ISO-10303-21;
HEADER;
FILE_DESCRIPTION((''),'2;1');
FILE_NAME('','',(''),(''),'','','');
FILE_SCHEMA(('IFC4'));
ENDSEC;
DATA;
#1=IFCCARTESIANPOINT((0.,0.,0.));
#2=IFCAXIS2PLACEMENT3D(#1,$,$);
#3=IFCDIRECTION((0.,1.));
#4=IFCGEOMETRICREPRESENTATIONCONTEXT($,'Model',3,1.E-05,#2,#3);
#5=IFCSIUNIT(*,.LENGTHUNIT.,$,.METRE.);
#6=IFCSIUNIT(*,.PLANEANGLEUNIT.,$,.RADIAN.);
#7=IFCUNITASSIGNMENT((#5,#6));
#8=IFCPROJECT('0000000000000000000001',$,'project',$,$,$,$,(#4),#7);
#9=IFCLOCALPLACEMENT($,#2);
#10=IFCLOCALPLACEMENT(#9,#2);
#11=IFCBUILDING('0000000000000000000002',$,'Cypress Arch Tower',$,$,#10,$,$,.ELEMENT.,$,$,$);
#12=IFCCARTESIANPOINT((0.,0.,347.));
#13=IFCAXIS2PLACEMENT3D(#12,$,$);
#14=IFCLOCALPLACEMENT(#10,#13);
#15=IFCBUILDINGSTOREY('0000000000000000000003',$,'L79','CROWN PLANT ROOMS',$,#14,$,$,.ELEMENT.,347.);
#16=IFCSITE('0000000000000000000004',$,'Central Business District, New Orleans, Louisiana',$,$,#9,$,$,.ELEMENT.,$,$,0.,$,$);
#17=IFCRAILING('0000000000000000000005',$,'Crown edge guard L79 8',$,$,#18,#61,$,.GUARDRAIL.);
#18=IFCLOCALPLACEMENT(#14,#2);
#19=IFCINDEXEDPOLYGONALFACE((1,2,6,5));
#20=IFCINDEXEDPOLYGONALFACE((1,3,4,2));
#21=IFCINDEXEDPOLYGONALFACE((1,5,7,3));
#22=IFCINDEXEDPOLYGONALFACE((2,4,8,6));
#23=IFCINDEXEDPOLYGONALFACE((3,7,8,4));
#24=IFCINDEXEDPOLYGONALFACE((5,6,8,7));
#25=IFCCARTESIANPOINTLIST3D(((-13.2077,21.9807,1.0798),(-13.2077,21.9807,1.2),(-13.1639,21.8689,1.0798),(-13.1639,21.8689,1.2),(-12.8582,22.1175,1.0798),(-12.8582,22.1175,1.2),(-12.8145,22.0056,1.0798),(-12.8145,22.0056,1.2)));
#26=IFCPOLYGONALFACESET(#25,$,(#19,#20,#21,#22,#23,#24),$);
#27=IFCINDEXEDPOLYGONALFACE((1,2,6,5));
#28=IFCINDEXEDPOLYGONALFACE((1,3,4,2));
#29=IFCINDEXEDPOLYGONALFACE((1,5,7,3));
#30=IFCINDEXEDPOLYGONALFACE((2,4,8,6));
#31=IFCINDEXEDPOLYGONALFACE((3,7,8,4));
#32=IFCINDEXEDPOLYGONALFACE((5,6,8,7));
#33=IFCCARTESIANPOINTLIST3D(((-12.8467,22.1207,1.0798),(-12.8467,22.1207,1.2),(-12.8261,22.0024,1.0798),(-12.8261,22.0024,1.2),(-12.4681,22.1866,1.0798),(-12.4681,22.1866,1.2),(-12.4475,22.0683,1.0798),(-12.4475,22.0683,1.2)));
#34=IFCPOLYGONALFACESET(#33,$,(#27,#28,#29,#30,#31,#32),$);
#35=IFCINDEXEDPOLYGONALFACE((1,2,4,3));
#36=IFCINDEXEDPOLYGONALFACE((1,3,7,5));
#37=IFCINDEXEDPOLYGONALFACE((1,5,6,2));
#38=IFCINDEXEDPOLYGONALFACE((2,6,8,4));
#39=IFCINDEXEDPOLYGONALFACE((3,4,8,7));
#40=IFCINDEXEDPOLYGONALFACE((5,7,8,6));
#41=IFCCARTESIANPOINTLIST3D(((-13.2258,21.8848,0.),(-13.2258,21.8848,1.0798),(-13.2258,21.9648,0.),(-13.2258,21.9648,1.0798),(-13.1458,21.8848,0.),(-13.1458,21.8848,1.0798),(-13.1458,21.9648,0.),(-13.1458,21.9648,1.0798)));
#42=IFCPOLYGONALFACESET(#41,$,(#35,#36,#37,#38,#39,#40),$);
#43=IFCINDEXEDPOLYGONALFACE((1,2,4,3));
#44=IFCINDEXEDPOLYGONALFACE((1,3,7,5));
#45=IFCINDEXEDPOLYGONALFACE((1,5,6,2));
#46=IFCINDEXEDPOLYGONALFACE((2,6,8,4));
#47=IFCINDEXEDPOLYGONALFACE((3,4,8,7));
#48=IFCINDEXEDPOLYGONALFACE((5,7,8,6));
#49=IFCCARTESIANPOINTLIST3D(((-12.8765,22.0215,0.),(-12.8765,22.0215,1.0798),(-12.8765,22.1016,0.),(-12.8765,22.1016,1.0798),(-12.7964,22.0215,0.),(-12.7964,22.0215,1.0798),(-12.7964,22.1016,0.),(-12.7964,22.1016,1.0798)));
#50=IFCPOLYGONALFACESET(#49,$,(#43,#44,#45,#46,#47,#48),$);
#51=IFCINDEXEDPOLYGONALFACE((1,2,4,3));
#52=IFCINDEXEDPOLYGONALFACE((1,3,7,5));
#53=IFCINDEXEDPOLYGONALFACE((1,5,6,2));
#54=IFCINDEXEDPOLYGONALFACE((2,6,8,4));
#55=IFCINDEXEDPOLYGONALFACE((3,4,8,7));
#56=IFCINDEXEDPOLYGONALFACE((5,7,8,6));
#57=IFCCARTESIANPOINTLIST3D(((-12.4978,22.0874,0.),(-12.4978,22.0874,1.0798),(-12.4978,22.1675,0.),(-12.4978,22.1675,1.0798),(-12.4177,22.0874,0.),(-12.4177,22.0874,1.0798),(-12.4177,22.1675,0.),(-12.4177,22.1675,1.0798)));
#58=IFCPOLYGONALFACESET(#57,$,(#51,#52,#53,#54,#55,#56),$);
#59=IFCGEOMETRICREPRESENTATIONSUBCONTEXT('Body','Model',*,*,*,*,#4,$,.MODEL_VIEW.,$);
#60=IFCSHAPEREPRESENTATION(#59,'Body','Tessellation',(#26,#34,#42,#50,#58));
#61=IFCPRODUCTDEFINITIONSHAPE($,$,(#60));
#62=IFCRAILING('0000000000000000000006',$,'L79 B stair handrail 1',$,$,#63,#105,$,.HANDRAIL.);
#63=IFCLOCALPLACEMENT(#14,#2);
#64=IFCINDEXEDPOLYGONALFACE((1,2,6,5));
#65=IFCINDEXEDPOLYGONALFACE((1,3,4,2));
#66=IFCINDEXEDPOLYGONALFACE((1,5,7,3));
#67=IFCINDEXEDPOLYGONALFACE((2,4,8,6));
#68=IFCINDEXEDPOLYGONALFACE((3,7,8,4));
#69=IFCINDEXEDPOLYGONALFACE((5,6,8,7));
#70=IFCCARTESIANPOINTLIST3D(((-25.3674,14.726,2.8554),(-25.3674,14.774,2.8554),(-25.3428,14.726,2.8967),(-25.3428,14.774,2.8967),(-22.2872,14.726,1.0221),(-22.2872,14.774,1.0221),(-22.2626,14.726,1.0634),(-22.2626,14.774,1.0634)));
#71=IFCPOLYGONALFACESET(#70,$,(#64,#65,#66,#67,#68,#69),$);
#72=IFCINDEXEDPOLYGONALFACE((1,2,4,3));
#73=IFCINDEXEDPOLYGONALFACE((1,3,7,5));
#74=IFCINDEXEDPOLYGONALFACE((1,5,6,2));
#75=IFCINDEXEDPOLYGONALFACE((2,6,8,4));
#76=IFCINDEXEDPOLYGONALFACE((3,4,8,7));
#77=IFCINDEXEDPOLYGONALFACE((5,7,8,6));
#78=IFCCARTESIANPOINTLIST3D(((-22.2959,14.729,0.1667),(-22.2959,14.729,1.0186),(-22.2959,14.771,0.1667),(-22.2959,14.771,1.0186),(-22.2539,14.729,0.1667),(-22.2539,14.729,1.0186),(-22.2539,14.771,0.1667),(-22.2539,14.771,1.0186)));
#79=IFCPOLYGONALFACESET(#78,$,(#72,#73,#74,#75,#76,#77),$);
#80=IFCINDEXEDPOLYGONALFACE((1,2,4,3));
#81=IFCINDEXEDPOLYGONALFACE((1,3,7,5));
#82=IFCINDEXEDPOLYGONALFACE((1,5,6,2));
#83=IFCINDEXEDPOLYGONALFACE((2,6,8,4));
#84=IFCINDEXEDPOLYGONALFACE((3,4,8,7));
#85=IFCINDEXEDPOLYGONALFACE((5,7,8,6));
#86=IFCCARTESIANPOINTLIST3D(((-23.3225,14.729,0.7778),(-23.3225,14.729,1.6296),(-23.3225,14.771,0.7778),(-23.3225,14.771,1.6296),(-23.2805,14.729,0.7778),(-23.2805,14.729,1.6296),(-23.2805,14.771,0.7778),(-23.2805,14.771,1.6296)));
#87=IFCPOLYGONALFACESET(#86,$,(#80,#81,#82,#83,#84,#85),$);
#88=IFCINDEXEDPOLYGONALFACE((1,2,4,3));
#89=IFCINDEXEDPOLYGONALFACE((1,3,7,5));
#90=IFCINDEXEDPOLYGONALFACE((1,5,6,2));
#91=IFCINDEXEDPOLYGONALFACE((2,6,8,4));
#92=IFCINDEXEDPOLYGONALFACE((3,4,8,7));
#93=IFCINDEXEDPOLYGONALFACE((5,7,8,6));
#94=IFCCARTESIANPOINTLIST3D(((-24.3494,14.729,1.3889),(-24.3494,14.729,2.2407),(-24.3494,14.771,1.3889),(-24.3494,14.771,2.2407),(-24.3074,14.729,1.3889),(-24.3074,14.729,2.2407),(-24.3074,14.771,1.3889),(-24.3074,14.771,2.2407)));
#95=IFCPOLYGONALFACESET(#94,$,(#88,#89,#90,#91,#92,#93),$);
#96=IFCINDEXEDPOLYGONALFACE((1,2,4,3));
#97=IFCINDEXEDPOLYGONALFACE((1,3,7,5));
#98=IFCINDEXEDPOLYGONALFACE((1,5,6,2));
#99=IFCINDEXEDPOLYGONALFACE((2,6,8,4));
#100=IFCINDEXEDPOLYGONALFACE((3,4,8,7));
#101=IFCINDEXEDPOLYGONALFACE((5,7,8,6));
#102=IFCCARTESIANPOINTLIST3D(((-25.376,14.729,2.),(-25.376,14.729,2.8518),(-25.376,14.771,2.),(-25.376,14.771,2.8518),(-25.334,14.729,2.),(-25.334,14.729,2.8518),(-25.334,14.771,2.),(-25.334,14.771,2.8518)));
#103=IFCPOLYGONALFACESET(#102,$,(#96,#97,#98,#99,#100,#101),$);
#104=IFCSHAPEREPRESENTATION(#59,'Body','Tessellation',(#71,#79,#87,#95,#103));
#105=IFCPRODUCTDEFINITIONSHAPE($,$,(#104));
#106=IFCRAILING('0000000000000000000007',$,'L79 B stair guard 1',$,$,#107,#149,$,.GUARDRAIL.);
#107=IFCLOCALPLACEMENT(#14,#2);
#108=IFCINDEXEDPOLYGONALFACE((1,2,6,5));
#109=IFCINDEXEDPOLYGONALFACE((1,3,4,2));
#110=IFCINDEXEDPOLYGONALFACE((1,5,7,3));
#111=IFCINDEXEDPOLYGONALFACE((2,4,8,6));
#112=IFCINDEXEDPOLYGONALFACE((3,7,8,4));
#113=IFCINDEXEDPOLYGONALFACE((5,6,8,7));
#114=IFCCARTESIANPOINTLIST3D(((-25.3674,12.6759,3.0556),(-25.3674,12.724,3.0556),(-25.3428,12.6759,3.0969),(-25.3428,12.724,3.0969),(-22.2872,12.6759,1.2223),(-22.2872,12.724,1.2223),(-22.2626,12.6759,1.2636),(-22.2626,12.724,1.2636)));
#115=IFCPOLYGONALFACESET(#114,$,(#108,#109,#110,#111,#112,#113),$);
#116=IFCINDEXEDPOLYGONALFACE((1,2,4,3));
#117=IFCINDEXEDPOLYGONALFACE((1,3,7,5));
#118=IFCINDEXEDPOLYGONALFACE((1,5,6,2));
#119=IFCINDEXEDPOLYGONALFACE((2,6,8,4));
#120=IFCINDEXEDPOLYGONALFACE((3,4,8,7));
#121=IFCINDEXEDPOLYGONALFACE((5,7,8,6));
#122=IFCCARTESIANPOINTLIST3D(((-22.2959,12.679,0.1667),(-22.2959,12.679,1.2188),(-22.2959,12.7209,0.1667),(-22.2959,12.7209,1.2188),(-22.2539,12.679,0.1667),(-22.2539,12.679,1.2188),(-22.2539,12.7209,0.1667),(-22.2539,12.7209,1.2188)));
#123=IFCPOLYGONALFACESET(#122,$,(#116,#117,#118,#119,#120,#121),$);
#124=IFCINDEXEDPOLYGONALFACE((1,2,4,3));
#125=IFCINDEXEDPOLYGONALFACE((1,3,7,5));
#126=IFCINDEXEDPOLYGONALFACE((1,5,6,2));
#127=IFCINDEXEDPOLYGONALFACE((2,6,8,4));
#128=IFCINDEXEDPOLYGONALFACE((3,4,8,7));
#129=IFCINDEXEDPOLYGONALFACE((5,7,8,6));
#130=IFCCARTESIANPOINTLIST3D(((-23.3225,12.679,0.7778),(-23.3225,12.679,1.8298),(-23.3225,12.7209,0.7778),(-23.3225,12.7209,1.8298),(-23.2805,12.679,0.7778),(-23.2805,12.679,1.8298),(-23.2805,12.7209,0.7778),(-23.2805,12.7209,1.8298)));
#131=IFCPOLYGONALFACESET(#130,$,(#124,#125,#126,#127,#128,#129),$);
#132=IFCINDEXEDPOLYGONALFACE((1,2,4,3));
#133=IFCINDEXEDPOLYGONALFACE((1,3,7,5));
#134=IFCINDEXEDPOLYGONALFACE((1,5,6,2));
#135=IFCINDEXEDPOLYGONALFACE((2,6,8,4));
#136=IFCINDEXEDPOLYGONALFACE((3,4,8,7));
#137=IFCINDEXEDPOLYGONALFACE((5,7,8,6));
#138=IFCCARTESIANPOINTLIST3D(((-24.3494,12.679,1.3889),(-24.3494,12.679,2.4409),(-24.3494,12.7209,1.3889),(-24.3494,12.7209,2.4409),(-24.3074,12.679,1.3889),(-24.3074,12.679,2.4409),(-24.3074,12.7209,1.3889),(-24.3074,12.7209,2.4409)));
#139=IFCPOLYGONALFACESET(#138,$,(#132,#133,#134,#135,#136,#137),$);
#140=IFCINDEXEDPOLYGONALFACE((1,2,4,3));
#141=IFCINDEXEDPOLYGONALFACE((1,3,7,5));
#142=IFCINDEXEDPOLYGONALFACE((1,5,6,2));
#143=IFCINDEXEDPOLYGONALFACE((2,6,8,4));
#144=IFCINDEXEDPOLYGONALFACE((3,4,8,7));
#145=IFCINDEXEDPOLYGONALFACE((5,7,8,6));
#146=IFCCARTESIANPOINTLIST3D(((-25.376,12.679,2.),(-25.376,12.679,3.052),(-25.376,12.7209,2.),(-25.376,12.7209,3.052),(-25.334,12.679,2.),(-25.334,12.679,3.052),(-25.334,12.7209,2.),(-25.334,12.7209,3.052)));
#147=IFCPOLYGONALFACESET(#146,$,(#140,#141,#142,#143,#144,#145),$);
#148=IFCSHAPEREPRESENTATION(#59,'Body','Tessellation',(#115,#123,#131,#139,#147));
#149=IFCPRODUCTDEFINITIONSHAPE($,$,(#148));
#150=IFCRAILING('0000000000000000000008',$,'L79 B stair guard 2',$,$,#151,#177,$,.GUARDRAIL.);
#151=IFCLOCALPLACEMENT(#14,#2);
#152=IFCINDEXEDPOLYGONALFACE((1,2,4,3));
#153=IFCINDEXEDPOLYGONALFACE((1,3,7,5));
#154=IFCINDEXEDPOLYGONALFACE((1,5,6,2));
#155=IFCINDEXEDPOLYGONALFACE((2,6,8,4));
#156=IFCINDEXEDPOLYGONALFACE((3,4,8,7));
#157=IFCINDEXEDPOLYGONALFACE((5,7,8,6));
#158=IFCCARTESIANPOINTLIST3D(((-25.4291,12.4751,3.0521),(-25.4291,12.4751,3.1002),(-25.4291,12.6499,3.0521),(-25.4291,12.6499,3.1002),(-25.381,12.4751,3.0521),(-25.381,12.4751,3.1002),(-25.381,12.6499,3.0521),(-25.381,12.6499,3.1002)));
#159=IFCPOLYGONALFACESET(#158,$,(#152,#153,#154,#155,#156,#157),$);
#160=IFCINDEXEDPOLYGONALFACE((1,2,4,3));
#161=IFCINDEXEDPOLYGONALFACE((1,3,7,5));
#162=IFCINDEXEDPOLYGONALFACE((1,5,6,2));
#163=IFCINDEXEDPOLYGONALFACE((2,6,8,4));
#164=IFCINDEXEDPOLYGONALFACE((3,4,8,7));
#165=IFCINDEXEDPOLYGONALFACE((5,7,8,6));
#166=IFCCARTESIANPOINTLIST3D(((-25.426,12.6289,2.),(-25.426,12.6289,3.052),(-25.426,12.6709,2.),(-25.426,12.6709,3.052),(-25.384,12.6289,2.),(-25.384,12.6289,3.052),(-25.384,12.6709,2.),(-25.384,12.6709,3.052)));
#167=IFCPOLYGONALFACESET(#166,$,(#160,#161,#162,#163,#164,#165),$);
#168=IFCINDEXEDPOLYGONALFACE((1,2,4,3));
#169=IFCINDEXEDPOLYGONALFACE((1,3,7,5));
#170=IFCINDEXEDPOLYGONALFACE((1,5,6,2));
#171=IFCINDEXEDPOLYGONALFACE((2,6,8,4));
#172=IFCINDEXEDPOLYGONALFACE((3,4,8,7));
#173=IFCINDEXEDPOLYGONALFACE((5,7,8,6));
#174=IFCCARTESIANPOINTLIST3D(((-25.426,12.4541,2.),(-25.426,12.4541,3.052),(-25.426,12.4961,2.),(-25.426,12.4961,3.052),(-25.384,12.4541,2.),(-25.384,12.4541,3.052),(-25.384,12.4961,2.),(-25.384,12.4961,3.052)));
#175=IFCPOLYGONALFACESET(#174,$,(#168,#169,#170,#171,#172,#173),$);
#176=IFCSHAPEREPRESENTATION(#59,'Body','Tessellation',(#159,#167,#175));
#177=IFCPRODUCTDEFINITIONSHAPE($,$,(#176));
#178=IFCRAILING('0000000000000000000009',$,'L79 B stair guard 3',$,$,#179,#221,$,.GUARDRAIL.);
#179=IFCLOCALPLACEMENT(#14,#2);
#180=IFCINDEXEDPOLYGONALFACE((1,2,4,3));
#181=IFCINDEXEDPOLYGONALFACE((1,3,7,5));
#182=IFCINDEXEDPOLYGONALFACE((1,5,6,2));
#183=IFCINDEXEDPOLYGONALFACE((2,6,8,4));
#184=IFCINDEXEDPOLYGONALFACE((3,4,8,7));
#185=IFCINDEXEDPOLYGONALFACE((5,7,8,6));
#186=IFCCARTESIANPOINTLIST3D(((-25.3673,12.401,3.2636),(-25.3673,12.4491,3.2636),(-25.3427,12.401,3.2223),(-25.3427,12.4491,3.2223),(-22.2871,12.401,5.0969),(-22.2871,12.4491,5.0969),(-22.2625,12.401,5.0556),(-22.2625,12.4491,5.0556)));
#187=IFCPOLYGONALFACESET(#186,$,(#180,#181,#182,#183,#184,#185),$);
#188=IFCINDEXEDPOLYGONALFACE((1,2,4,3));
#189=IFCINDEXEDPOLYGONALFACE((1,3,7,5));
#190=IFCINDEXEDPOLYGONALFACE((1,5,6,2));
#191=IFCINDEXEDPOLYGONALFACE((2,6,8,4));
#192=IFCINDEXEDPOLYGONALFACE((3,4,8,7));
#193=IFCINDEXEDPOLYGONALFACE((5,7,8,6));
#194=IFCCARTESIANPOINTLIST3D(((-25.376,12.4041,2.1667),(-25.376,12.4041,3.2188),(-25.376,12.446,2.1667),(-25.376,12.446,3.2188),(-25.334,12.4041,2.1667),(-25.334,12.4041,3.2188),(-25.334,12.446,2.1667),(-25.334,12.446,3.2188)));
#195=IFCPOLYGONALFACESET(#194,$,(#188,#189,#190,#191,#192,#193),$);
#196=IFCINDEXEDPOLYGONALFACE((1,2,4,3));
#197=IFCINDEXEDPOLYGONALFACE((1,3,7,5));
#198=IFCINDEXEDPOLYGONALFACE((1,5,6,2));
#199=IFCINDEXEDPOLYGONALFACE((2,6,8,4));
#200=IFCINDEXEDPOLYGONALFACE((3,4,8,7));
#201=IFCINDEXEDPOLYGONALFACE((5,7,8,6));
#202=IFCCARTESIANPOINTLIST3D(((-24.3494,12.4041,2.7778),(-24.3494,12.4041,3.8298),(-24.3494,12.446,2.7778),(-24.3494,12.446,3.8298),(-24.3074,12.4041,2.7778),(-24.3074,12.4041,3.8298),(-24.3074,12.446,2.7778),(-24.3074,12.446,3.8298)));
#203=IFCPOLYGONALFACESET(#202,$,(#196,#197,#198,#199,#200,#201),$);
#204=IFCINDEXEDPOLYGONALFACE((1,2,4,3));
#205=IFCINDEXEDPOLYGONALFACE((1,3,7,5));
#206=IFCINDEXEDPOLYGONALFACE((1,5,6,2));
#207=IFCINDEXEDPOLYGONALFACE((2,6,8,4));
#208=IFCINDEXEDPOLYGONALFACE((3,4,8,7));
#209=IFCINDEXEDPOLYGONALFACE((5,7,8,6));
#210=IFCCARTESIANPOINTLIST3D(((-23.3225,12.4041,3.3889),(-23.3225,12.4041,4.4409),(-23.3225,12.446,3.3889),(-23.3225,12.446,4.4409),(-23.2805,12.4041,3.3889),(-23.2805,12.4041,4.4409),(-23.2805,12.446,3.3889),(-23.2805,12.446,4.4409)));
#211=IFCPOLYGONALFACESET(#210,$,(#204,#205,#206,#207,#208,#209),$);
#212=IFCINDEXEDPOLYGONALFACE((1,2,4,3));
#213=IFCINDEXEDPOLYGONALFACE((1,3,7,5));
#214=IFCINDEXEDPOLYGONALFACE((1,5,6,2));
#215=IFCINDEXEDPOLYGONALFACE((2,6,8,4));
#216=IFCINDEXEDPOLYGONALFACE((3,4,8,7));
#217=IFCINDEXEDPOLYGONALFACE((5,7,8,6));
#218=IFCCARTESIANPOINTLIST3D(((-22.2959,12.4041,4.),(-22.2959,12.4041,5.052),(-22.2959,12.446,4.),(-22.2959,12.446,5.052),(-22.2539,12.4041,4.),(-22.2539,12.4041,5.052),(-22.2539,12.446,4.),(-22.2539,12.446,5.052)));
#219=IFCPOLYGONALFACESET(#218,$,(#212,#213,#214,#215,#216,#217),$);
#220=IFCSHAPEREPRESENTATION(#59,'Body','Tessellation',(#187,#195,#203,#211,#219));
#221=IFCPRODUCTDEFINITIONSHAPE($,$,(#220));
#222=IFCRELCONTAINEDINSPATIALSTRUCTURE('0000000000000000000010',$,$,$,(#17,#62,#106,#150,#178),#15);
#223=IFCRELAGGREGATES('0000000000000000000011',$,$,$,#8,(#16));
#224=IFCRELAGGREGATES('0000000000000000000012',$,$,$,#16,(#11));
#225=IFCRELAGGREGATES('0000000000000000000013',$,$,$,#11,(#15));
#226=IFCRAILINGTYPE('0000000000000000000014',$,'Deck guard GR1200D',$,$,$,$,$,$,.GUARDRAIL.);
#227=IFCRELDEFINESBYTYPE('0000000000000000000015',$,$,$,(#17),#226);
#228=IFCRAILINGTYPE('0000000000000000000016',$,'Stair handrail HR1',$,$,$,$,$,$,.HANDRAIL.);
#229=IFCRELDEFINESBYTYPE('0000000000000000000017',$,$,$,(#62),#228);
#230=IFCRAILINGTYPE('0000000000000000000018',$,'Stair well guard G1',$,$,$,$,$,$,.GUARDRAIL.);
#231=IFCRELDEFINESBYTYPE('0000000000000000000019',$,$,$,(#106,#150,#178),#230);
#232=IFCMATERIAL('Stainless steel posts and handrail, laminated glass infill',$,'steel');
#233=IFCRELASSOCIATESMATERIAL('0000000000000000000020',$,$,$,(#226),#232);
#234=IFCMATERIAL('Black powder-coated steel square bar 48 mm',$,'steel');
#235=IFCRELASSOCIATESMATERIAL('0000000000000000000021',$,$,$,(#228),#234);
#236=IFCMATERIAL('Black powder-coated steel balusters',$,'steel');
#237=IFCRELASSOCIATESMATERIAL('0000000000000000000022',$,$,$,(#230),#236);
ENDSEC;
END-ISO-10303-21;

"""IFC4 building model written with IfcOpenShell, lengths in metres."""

from ifc_helpers import new_model, si_unit, direction, frame, origin, origin_2d, place, context, subcontext, project, spatial, rectangle, extrude, material, type_object, element, save


model = new_model("IFC4")

# Units and contexts
model_context = context("Model", 3, precision=1e-05, world=origin(), true_north=direction((0.0, 1.0)))
body_context = subcontext(model_context, "Body", "Model", "MODEL_VIEW")
ifc_project = project(units=[si_unit("LENGTHUNIT", "METRE"), si_unit("PLANEANGLEUNIT", "RADIAN")], contexts=[model_context])

# Site, building, storey
site_placement = place(None, origin())
site = spatial("IfcSite", under=ifc_project, at=site_placement, Name="Central Business District, New Orleans, Louisiana", CompositionType="ELEMENT", RefElevation=0.0)
building_placement = place(site_placement, origin())
building = spatial("IfcBuilding", under=site, at=building_placement, Name="Cypress Arch Tower", CompositionType="ELEMENT")
storey_placement = place(building_placement, frame((0.0, 0.0, 347.0)))
storey = spatial("IfcBuildingStorey", under=building, at=storey_placement, Name="L79", Description="CROWN PLANT ROOMS", CompositionType="ELEMENT", Elevation=347.0)

# Railings
ifc_material_1 = material(Name="Stainless steel posts and handrail, laminated glass infill", Category="steel")
railing_type_1 = type_object("IfcRailingType", Name="Deck guard GR1200D", PredefinedType="GUARDRAIL", material=ifc_material_1)
railing_1_placement = place(storey_placement, frame((-13.1858, 21.9248, 0.0)))
element("IfcRailing", 1, at=railing_1_placement, inside=storey, type_object=railing_type_1, Name="Crown edge guard L79 8", PredefinedType="GUARDRAIL", context=body_context, shape_type="SweptSolid", body=[
    extrude(rectangle(XDim=0.1201, YDim=0.1201, at=origin_2d()), frame((0.0, 0.0, 1.1399), z_axis=(0.931233, 0.364424, 0.0), x_axis=(-0.364424, 0.931233, 0.0)), (0.0, 0.0, 1.0), 0.3752),
    extrude(rectangle(XDim=0.1201, YDim=0.1201, at=origin_2d()), frame((0.3494, 0.1367, 1.1399), z_axis=(0.985184, 0.171502, 0.0), x_axis=(-0.171502, 0.985184, 0.0)), (0.0, 0.0, 1.0), 0.3843),
    extrude(rectangle(XDim=0.0801, YDim=0.0801, at=origin_2d()), origin(), (0.0, 0.0, 1.0), 1.0798),
    extrude(rectangle(XDim=0.0801, YDim=0.0801, at=origin_2d()), frame((0.3494, 0.1367, 0.0)), (0.0, 0.0, 1.0), 1.0798),
    extrude(rectangle(XDim=0.0801, YDim=0.0801, at=origin_2d()), frame((0.728, 0.2026, 0.0)), (0.0, 0.0, 1.0), 1.0798),
])
ifc_material_2 = material(Name="Black powder-coated steel square bar 48 mm", Category="steel")
railing_type_2 = type_object("IfcRailingType", Name="Stair handrail HR1", PredefinedType="HANDRAIL", material=ifc_material_2)
railing_2_placement = place(storey_placement, frame((-22.2749, 14.75, 0.1667)))
element("IfcRailing", 2, at=railing_2_placement, inside=storey, type_object=railing_type_2, Name="L79 B stair handrail 1", PredefinedType="HANDRAIL", context=body_context, shape_type="SweptSolid", body=[
    extrude(rectangle(XDim=0.0481, YDim=0.0481, at=origin_2d()), frame((0.0, 0.0, 0.876), z_axis=(-0.859309, 0.0, 0.511458), x_axis=(0.0, -1.0, 0.0)), (0.0, 0.0, 1.0), 3.5845),
    extrude(rectangle(XDim=0.042, YDim=0.042, at=origin_2d()), origin(), (0.0, 0.0, 1.0), 0.8518),
    extrude(rectangle(XDim=0.042, YDim=0.042, at=origin_2d()), frame((-1.0266, 0.0, 0.6111)), (0.0, 0.0, 1.0), 0.8518),
    extrude(rectangle(XDim=0.042, YDim=0.042, at=origin_2d()), frame((-2.0535, 0.0, 1.2222)), (0.0, 0.0, 1.0), 0.8518),
    extrude(rectangle(XDim=0.042, YDim=0.042, at=origin_2d()), frame((-3.0801, 0.0, 1.8333)), (0.0, 0.0, 1.0), 0.8518),
])
ifc_material_3 = material(Name="Black powder-coated steel balusters", Category="steel")
railing_type_3 = type_object("IfcRailingType", Name="Stair well guard G1", PredefinedType="GUARDRAIL", material=ifc_material_3)
railing_3_placement = place(storey_placement, frame((-22.2749, 12.7, 0.1667)))
element("IfcRailing", 3, at=railing_3_placement, inside=storey, type_object=railing_type_3, Name="L79 B stair guard 1", PredefinedType="GUARDRAIL", context=body_context, shape_type="SweptSolid", body=[
    extrude(rectangle(XDim=0.0481, YDim=0.0481, at=origin_2d()), frame((0.0, 0.0, 1.0762), z_axis=(-0.859309, 0.0, 0.511458), x_axis=(0.0, -1.0, 0.0)), (0.0, 0.0, 1.0), 3.5845),
    extrude(rectangle(XDim=0.042, YDim=0.042, at=origin_2d()), origin(), (0.0, 0.0, 1.0), 1.052),
    extrude(rectangle(XDim=0.042, YDim=0.042, at=origin_2d()), frame((-1.0266, 0.0, 0.6111)), (0.0, 0.0, 1.0), 1.052),
    extrude(rectangle(XDim=0.042, YDim=0.042, at=origin_2d()), frame((-2.0535, 0.0, 1.2222)), (0.0, 0.0, 1.0), 1.052),
    extrude(rectangle(XDim=0.042, YDim=0.042, at=origin_2d()), frame((-3.0801, 0.0, 1.8333)), (0.0, 0.0, 1.0), 1.052),
])
railing_4_placement = place(storey_placement, frame((-25.405, 12.6499, 2.0)))
element("IfcRailing", 4, at=railing_4_placement, inside=storey, type_object=railing_type_3, Name="L79 B stair guard 2", PredefinedType="GUARDRAIL", context=body_context, shape_type="SweptSolid", body=[
    extrude(rectangle(XDim=0.0481, YDim=0.0481, at=origin_2d()), frame((0.0, 0.0, 1.0762), z_axis=(0.0, -1.0, 0.0), x_axis=(1.0, 0.0, 0.0)), (0.0, 0.0, 1.0), 0.1748),
    extrude(rectangle(XDim=0.042, YDim=0.042, at=origin_2d()), origin(), (0.0, 0.0, 1.0), 1.052),
    extrude(rectangle(XDim=0.042, YDim=0.042, at=origin_2d()), frame((0.0, -0.1748, 0.0)), (0.0, 0.0, 1.0), 1.052),
])
railing_5_placement = place(storey_placement, frame((-25.355, 12.425, 2.1667)))
element("IfcRailing", 5, at=railing_5_placement, inside=storey, type_object=railing_type_3, Name="L79 B stair guard 3", PredefinedType="GUARDRAIL", context=body_context, shape_type="SweptSolid", body=[
    extrude(rectangle(XDim=0.0481, YDim=0.0481, at=origin_2d()), frame((0.0, 0.0, 1.0762), z_axis=(0.859309, 0.0, 0.511458), x_axis=(0.0, 1.0, 0.0)), (0.0, 0.0, 1.0), 3.5845),
    extrude(rectangle(XDim=0.042, YDim=0.042, at=origin_2d()), origin(), (0.0, 0.0, 1.0), 1.052),
    extrude(rectangle(XDim=0.042, YDim=0.042, at=origin_2d()), frame((1.0266, 0.0, 0.6111)), (0.0, 0.0, 1.0), 1.052),
    extrude(rectangle(XDim=0.042, YDim=0.042, at=origin_2d()), frame((2.0535, 0.0, 1.2222)), (0.0, 0.0, 1.0), 1.052),
    extrude(rectangle(XDim=0.042, YDim=0.042, at=origin_2d()), frame((3.0801, 0.0, 1.8333)), (0.0, 0.0, 1.0), 1.052),
])

save(model, "model.ifc")
